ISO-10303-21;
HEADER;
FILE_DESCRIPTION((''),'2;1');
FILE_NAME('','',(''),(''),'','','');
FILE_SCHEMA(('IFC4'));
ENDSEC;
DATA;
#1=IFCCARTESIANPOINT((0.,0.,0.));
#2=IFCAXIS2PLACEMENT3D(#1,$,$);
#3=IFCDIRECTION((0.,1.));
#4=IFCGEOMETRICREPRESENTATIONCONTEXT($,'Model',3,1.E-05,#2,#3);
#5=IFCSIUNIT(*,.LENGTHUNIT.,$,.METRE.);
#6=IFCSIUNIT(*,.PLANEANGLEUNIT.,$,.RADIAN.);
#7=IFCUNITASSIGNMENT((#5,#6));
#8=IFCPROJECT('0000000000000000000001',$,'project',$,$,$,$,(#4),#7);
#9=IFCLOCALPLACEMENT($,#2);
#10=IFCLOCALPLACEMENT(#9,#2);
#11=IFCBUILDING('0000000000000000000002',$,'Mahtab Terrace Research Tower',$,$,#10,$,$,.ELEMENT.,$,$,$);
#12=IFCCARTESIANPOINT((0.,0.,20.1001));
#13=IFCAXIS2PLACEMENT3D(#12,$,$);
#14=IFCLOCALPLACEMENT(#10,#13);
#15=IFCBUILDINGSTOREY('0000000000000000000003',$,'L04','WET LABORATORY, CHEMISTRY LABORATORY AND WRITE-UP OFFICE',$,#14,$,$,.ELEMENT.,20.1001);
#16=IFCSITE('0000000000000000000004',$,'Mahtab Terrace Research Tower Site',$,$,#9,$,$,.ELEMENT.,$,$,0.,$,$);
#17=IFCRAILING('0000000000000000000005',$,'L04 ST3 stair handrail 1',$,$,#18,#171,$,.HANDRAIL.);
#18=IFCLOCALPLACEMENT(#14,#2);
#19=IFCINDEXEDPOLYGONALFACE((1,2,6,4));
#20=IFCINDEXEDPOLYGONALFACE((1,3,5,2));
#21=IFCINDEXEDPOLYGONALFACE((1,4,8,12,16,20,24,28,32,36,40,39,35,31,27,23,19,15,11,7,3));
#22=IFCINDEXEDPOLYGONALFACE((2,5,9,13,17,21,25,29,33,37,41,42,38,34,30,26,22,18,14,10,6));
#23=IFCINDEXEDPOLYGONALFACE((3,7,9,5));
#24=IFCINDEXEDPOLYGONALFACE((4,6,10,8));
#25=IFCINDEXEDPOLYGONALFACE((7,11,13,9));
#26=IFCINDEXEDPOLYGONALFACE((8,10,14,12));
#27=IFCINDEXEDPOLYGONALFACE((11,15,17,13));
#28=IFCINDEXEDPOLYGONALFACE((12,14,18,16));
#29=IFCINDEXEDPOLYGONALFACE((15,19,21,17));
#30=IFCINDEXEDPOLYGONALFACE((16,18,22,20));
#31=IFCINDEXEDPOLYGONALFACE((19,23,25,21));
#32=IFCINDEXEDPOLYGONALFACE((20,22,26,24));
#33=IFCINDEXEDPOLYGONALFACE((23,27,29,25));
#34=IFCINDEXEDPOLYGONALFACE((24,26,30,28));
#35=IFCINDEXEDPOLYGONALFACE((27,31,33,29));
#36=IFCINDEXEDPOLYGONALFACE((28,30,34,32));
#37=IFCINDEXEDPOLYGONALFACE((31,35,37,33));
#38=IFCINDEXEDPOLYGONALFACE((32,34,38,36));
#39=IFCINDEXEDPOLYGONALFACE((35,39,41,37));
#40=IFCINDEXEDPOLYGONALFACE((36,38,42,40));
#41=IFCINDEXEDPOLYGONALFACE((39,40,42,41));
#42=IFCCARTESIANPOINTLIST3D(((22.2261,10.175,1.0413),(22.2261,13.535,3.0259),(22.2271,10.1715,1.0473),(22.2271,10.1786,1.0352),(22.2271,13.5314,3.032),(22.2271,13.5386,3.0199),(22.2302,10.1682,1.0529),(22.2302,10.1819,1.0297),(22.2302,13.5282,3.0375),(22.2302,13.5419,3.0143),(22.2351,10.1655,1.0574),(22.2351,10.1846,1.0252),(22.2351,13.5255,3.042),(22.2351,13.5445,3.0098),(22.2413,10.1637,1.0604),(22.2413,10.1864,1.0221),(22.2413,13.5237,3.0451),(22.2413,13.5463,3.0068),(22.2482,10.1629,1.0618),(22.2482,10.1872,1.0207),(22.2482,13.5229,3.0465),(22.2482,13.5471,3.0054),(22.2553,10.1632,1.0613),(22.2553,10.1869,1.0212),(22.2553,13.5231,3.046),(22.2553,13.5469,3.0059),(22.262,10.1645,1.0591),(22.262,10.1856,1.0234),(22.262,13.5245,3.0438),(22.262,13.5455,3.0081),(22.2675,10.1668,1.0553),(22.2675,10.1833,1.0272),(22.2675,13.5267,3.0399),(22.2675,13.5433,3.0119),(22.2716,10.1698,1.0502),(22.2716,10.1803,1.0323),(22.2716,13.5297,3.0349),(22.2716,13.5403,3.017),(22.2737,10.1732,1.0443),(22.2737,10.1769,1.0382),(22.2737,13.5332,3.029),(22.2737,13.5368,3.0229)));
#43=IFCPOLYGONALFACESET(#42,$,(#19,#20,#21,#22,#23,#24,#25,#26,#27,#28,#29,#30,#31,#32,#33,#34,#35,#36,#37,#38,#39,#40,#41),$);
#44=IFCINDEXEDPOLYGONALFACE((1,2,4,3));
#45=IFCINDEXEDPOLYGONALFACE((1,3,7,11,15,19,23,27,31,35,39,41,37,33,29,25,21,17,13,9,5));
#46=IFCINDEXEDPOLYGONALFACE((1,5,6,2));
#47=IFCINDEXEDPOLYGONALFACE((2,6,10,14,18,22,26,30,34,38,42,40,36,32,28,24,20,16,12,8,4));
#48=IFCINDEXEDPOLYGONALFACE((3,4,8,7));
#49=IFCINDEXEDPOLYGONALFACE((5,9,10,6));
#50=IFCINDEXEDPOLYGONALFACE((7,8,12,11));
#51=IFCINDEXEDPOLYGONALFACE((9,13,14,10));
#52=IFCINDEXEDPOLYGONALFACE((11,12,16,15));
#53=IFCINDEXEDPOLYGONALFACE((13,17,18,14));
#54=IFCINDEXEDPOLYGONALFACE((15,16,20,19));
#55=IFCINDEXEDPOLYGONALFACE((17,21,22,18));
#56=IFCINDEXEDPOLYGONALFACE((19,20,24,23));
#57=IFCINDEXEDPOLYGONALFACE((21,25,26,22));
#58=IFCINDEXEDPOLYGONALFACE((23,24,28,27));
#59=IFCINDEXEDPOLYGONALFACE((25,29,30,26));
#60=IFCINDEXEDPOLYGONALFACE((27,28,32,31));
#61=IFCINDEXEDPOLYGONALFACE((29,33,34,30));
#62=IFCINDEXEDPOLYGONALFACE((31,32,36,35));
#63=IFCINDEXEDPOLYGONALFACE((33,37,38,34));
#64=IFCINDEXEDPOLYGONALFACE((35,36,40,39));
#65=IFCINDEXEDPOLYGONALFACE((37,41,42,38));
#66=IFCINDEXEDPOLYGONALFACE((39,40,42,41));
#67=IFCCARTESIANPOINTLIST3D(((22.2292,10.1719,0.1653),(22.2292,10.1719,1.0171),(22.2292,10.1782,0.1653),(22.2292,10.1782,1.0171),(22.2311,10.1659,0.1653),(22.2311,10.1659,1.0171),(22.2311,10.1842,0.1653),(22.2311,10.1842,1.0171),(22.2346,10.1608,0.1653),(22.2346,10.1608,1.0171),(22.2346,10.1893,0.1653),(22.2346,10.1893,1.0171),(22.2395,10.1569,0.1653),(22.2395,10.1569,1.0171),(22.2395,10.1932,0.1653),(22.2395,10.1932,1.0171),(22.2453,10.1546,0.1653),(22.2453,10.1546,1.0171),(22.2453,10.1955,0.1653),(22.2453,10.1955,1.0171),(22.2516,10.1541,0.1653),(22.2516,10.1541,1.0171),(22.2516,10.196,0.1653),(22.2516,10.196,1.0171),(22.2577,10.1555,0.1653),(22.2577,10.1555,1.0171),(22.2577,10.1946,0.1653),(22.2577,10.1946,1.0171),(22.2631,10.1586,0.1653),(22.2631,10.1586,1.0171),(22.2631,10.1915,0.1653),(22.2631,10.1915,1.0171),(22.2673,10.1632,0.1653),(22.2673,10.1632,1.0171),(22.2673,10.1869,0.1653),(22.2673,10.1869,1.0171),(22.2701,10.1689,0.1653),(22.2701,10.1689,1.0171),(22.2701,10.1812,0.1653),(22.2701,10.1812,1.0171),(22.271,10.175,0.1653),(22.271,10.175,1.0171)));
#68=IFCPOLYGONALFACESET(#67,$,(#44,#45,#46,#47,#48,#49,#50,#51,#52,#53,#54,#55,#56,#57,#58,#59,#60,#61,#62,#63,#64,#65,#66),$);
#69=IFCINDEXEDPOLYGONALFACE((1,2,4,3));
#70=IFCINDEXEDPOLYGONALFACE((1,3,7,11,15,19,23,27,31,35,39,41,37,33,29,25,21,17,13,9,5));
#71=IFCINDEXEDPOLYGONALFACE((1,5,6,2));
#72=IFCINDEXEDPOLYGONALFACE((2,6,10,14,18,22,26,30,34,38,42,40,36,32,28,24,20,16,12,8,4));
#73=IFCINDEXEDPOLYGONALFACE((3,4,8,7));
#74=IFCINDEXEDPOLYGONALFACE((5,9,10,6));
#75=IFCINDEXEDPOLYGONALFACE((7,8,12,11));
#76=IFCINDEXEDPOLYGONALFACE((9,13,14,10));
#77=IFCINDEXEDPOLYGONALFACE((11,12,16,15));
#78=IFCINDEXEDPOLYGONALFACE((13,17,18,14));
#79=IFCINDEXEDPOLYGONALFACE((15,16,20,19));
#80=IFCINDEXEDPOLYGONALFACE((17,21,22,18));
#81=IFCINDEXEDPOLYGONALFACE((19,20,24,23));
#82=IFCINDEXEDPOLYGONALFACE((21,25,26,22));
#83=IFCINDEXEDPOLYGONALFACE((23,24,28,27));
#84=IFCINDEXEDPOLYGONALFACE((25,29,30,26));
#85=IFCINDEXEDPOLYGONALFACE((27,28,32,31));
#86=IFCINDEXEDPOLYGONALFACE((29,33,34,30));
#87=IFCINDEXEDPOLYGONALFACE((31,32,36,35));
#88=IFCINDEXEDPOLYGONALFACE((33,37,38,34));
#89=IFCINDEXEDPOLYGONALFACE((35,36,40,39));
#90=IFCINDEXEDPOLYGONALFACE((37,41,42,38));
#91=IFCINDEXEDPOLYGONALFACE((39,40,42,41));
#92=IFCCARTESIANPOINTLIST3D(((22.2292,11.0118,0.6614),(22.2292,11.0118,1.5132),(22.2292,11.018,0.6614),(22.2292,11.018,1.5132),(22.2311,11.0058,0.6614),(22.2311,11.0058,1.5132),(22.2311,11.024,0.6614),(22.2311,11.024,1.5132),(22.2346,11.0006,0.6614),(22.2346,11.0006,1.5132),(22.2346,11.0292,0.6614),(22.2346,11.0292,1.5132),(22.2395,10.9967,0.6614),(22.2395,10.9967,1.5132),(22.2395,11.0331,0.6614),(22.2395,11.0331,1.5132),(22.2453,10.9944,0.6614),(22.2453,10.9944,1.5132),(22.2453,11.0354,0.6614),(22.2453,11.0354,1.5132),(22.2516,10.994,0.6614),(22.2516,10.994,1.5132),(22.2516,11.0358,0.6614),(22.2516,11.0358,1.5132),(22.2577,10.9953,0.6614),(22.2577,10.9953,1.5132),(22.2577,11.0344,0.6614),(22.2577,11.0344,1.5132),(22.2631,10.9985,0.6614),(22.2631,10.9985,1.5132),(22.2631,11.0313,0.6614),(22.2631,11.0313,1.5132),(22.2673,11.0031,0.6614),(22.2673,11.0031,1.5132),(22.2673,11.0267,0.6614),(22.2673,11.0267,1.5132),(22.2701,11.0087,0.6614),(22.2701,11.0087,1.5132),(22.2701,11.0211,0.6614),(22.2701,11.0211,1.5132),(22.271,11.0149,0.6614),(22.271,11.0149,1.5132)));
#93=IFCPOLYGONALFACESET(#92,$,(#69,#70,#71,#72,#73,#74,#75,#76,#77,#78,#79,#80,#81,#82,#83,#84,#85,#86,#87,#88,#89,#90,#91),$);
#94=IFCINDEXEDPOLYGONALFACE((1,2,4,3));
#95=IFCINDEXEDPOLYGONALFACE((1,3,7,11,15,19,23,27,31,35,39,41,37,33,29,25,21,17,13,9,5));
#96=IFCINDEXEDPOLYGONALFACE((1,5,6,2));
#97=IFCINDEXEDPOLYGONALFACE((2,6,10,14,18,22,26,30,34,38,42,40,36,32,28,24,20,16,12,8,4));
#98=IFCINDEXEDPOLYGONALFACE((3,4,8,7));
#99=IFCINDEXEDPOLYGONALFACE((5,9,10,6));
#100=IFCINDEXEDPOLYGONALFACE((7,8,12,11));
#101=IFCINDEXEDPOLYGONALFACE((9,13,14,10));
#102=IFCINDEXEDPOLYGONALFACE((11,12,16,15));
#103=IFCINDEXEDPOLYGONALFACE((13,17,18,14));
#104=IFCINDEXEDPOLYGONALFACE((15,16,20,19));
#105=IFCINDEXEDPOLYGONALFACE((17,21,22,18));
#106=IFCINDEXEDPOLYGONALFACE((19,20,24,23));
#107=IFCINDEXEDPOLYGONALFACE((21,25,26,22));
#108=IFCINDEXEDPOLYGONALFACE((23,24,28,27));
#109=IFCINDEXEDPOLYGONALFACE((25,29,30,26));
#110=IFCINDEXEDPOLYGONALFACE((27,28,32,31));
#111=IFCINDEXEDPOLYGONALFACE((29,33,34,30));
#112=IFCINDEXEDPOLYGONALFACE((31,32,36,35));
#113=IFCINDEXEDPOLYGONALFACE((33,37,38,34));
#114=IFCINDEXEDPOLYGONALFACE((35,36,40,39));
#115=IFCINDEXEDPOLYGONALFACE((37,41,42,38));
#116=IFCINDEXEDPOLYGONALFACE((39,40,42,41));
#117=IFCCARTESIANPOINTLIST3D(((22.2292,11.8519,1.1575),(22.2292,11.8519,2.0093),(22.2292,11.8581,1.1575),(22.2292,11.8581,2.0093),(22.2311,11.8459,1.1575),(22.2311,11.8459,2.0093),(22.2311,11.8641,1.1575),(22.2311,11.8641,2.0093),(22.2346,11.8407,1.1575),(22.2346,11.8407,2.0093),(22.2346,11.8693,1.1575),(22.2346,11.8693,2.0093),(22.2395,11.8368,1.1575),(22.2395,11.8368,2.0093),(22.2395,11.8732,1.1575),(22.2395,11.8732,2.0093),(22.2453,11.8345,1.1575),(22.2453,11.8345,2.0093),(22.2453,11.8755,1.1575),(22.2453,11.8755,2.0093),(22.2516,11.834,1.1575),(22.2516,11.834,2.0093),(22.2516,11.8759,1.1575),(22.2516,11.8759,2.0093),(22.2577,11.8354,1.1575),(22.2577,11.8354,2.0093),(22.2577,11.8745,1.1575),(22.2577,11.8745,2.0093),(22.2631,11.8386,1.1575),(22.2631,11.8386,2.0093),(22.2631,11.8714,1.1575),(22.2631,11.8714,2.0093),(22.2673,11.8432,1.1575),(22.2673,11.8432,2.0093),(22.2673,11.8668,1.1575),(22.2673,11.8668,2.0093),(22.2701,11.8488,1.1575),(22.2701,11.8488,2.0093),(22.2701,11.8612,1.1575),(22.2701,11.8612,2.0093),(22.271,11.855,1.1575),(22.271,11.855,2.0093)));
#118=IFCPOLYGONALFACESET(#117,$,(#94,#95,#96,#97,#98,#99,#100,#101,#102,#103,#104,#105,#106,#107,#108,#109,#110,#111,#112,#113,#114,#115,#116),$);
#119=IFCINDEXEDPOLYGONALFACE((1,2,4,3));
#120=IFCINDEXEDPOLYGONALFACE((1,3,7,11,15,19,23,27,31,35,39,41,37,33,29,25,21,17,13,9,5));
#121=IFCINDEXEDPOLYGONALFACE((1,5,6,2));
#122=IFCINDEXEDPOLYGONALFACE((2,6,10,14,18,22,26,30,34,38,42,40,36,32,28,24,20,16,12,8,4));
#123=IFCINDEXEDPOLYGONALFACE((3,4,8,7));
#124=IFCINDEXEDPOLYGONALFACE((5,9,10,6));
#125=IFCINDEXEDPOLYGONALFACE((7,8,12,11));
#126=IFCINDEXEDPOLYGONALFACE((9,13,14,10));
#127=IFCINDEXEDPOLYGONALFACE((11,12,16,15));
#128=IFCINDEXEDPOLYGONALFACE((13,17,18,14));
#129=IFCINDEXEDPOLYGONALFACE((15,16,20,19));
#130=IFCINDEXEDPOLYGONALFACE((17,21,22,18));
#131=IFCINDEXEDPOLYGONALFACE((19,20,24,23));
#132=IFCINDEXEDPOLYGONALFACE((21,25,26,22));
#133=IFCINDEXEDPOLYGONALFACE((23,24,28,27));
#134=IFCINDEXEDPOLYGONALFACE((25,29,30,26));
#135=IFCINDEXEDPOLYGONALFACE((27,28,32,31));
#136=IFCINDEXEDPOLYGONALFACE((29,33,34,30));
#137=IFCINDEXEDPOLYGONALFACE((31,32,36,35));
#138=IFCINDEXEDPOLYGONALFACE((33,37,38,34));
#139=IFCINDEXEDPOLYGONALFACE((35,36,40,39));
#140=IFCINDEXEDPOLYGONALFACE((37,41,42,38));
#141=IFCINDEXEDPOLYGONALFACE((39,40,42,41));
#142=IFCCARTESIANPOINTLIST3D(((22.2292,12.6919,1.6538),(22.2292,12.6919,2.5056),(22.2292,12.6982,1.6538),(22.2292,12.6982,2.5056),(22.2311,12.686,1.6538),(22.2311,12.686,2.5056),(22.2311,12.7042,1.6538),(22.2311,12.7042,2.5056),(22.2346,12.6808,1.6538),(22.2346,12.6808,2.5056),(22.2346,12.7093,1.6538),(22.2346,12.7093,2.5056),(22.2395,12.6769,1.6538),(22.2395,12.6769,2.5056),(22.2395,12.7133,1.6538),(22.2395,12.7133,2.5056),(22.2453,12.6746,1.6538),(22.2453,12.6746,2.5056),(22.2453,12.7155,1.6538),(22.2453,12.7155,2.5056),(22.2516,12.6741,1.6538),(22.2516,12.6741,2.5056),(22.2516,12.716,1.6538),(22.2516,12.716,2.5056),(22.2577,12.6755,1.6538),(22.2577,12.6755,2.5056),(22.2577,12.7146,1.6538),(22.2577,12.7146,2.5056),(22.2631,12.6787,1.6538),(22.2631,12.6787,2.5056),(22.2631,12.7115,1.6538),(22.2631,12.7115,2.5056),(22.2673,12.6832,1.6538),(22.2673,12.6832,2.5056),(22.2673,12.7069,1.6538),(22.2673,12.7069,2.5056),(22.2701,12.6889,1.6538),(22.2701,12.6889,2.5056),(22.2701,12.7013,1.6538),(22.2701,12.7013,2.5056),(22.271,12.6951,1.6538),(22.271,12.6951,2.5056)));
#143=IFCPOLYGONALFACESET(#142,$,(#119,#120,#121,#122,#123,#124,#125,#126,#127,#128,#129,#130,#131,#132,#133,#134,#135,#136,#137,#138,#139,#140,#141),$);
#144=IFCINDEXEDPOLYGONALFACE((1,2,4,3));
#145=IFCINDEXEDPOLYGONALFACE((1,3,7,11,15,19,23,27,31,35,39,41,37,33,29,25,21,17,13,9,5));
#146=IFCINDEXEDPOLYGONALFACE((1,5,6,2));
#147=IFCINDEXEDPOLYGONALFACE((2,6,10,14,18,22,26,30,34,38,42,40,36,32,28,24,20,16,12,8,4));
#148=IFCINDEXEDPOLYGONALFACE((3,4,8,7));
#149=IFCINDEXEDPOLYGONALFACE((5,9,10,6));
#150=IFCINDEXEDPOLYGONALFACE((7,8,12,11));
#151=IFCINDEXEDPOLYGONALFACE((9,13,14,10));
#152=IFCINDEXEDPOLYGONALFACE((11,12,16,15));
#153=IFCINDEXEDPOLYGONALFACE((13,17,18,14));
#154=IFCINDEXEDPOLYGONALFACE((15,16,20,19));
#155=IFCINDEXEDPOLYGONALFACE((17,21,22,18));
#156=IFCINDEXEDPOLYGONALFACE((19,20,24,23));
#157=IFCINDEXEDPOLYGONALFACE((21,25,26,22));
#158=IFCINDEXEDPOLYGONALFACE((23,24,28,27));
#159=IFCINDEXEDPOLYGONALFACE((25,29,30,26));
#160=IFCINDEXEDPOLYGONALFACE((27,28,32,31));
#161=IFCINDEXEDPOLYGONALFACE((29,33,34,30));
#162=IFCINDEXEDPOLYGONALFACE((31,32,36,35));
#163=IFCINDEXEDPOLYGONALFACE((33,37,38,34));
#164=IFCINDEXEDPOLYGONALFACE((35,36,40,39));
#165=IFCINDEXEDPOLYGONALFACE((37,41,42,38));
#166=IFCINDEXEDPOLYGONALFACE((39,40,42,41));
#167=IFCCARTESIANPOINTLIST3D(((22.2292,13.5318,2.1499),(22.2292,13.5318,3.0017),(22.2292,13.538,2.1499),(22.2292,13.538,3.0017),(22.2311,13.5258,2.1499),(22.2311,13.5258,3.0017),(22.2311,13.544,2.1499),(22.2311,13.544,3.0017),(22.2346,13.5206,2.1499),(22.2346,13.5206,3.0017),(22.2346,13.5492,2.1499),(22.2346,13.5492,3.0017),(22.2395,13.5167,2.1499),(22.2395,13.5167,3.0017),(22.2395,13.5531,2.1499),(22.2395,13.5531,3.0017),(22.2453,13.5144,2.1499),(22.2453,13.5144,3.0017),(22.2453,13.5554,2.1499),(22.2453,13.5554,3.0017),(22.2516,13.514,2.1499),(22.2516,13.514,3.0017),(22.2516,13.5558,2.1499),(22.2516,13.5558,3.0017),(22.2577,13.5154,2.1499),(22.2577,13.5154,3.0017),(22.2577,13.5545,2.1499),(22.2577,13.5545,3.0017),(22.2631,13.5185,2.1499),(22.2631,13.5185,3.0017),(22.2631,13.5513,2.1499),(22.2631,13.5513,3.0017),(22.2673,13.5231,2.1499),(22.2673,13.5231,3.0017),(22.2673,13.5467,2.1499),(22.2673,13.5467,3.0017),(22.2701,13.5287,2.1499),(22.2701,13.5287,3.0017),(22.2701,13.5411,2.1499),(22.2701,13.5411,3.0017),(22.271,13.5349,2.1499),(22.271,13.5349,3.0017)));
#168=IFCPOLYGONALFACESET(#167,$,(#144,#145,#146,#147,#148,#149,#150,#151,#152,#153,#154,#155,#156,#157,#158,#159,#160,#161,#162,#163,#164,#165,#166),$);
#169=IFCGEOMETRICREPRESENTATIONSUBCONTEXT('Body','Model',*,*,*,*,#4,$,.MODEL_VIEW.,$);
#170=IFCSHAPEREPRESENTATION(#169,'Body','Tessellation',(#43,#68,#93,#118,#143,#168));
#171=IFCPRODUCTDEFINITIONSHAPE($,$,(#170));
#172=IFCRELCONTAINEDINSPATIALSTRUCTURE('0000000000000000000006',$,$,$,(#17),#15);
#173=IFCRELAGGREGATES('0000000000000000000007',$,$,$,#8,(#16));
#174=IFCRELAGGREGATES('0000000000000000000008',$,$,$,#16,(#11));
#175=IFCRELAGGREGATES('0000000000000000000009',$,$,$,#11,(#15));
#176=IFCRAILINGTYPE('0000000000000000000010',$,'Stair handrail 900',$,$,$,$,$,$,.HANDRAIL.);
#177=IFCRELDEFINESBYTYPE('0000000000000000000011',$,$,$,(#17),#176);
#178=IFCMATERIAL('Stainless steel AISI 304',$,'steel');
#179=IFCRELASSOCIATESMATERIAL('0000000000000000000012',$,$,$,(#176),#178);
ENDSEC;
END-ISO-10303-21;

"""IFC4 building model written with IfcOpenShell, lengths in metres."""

from ifc_helpers import new_model, si_unit, direction, frame, origin, origin_2d, place, context, subcontext, project, spatial, circle, extrude, material, type_object, element, save


model = new_model("IFC4")

# Units and contexts
model_context = context("Model", 3, precision=1e-05, world=origin(), true_north=direction((0.0, 1.0)))
body_context = subcontext(model_context, "Body", "Model", "MODEL_VIEW")
ifc_project = project(units=[si_unit("LENGTHUNIT", "METRE"), si_unit("PLANEANGLEUNIT", "RADIAN")], contexts=[model_context])

# Site, building, storey
site_placement = place(None, origin())
site = spatial("IfcSite", under=ifc_project, at=site_placement, Name="Mahtab Terrace Research Tower Site", CompositionType="ELEMENT", RefElevation=0.0)
building_placement = place(site_placement, origin())
building = spatial("IfcBuilding", under=site, at=building_placement, Name="Mahtab Terrace Research Tower", CompositionType="ELEMENT")
storey_placement = place(building_placement, frame((0.0, 0.0, 20.1001)))
storey = spatial("IfcBuildingStorey", under=building, at=storey_placement, Name="L04", Description="WET LABORATORY, CHEMISTRY LABORATORY AND WRITE-UP OFFICE", CompositionType="ELEMENT", Elevation=20.1001)

# Shared definitions
ifc_material_1 = material(Name="Stainless steel AISI 304", Category="steel")

# Railing
railing_type_1 = type_object("IfcRailingType", Name="Stair handrail 900", PredefinedType="HANDRAIL", material=ifc_material_1)
railing_1_placement = place(storey_placement, frame((22.25, 10.175, 0.1653)))
element("IfcRailing", 1, at=railing_1_placement, inside=storey, type_object=railing_type_1, Name="L04 ST3 stair handrail 1", PredefinedType="HANDRAIL", context=body_context, shape_type="SweptSolid", body=[
    extrude(circle(Radius=0.0239, at=origin_2d()), frame((0.0, 0.0, 0.876), z_axis=(0.0, 0.861011, 0.508586), x_axis=(-1.0, 0.0, 0.0)), (0.0, 0.0, 1.0), 3.9023),
    extrude(circle(Radius=0.021, at=origin_2d()), origin(), (0.0, 0.0, 1.0), 0.8518),
    extrude(circle(Radius=0.021, at=origin_2d()), frame((0.0, 0.8398, 0.4961)), (0.0, 0.0, 1.0), 0.8518),
    extrude(circle(Radius=0.021, at=origin_2d()), frame((0.0, 1.6799, 0.9922)), (0.0, 0.0, 1.0), 0.8518),
    extrude(circle(Radius=0.021, at=origin_2d()), frame((0.0, 2.52, 1.4885)), (0.0, 0.0, 1.0), 0.8518),
    extrude(circle(Radius=0.021, at=origin_2d()), frame((0.0, 3.3599, 1.9846)), (0.0, 0.0, 1.0), 0.8518),
])

save(model, "model.ifc")
